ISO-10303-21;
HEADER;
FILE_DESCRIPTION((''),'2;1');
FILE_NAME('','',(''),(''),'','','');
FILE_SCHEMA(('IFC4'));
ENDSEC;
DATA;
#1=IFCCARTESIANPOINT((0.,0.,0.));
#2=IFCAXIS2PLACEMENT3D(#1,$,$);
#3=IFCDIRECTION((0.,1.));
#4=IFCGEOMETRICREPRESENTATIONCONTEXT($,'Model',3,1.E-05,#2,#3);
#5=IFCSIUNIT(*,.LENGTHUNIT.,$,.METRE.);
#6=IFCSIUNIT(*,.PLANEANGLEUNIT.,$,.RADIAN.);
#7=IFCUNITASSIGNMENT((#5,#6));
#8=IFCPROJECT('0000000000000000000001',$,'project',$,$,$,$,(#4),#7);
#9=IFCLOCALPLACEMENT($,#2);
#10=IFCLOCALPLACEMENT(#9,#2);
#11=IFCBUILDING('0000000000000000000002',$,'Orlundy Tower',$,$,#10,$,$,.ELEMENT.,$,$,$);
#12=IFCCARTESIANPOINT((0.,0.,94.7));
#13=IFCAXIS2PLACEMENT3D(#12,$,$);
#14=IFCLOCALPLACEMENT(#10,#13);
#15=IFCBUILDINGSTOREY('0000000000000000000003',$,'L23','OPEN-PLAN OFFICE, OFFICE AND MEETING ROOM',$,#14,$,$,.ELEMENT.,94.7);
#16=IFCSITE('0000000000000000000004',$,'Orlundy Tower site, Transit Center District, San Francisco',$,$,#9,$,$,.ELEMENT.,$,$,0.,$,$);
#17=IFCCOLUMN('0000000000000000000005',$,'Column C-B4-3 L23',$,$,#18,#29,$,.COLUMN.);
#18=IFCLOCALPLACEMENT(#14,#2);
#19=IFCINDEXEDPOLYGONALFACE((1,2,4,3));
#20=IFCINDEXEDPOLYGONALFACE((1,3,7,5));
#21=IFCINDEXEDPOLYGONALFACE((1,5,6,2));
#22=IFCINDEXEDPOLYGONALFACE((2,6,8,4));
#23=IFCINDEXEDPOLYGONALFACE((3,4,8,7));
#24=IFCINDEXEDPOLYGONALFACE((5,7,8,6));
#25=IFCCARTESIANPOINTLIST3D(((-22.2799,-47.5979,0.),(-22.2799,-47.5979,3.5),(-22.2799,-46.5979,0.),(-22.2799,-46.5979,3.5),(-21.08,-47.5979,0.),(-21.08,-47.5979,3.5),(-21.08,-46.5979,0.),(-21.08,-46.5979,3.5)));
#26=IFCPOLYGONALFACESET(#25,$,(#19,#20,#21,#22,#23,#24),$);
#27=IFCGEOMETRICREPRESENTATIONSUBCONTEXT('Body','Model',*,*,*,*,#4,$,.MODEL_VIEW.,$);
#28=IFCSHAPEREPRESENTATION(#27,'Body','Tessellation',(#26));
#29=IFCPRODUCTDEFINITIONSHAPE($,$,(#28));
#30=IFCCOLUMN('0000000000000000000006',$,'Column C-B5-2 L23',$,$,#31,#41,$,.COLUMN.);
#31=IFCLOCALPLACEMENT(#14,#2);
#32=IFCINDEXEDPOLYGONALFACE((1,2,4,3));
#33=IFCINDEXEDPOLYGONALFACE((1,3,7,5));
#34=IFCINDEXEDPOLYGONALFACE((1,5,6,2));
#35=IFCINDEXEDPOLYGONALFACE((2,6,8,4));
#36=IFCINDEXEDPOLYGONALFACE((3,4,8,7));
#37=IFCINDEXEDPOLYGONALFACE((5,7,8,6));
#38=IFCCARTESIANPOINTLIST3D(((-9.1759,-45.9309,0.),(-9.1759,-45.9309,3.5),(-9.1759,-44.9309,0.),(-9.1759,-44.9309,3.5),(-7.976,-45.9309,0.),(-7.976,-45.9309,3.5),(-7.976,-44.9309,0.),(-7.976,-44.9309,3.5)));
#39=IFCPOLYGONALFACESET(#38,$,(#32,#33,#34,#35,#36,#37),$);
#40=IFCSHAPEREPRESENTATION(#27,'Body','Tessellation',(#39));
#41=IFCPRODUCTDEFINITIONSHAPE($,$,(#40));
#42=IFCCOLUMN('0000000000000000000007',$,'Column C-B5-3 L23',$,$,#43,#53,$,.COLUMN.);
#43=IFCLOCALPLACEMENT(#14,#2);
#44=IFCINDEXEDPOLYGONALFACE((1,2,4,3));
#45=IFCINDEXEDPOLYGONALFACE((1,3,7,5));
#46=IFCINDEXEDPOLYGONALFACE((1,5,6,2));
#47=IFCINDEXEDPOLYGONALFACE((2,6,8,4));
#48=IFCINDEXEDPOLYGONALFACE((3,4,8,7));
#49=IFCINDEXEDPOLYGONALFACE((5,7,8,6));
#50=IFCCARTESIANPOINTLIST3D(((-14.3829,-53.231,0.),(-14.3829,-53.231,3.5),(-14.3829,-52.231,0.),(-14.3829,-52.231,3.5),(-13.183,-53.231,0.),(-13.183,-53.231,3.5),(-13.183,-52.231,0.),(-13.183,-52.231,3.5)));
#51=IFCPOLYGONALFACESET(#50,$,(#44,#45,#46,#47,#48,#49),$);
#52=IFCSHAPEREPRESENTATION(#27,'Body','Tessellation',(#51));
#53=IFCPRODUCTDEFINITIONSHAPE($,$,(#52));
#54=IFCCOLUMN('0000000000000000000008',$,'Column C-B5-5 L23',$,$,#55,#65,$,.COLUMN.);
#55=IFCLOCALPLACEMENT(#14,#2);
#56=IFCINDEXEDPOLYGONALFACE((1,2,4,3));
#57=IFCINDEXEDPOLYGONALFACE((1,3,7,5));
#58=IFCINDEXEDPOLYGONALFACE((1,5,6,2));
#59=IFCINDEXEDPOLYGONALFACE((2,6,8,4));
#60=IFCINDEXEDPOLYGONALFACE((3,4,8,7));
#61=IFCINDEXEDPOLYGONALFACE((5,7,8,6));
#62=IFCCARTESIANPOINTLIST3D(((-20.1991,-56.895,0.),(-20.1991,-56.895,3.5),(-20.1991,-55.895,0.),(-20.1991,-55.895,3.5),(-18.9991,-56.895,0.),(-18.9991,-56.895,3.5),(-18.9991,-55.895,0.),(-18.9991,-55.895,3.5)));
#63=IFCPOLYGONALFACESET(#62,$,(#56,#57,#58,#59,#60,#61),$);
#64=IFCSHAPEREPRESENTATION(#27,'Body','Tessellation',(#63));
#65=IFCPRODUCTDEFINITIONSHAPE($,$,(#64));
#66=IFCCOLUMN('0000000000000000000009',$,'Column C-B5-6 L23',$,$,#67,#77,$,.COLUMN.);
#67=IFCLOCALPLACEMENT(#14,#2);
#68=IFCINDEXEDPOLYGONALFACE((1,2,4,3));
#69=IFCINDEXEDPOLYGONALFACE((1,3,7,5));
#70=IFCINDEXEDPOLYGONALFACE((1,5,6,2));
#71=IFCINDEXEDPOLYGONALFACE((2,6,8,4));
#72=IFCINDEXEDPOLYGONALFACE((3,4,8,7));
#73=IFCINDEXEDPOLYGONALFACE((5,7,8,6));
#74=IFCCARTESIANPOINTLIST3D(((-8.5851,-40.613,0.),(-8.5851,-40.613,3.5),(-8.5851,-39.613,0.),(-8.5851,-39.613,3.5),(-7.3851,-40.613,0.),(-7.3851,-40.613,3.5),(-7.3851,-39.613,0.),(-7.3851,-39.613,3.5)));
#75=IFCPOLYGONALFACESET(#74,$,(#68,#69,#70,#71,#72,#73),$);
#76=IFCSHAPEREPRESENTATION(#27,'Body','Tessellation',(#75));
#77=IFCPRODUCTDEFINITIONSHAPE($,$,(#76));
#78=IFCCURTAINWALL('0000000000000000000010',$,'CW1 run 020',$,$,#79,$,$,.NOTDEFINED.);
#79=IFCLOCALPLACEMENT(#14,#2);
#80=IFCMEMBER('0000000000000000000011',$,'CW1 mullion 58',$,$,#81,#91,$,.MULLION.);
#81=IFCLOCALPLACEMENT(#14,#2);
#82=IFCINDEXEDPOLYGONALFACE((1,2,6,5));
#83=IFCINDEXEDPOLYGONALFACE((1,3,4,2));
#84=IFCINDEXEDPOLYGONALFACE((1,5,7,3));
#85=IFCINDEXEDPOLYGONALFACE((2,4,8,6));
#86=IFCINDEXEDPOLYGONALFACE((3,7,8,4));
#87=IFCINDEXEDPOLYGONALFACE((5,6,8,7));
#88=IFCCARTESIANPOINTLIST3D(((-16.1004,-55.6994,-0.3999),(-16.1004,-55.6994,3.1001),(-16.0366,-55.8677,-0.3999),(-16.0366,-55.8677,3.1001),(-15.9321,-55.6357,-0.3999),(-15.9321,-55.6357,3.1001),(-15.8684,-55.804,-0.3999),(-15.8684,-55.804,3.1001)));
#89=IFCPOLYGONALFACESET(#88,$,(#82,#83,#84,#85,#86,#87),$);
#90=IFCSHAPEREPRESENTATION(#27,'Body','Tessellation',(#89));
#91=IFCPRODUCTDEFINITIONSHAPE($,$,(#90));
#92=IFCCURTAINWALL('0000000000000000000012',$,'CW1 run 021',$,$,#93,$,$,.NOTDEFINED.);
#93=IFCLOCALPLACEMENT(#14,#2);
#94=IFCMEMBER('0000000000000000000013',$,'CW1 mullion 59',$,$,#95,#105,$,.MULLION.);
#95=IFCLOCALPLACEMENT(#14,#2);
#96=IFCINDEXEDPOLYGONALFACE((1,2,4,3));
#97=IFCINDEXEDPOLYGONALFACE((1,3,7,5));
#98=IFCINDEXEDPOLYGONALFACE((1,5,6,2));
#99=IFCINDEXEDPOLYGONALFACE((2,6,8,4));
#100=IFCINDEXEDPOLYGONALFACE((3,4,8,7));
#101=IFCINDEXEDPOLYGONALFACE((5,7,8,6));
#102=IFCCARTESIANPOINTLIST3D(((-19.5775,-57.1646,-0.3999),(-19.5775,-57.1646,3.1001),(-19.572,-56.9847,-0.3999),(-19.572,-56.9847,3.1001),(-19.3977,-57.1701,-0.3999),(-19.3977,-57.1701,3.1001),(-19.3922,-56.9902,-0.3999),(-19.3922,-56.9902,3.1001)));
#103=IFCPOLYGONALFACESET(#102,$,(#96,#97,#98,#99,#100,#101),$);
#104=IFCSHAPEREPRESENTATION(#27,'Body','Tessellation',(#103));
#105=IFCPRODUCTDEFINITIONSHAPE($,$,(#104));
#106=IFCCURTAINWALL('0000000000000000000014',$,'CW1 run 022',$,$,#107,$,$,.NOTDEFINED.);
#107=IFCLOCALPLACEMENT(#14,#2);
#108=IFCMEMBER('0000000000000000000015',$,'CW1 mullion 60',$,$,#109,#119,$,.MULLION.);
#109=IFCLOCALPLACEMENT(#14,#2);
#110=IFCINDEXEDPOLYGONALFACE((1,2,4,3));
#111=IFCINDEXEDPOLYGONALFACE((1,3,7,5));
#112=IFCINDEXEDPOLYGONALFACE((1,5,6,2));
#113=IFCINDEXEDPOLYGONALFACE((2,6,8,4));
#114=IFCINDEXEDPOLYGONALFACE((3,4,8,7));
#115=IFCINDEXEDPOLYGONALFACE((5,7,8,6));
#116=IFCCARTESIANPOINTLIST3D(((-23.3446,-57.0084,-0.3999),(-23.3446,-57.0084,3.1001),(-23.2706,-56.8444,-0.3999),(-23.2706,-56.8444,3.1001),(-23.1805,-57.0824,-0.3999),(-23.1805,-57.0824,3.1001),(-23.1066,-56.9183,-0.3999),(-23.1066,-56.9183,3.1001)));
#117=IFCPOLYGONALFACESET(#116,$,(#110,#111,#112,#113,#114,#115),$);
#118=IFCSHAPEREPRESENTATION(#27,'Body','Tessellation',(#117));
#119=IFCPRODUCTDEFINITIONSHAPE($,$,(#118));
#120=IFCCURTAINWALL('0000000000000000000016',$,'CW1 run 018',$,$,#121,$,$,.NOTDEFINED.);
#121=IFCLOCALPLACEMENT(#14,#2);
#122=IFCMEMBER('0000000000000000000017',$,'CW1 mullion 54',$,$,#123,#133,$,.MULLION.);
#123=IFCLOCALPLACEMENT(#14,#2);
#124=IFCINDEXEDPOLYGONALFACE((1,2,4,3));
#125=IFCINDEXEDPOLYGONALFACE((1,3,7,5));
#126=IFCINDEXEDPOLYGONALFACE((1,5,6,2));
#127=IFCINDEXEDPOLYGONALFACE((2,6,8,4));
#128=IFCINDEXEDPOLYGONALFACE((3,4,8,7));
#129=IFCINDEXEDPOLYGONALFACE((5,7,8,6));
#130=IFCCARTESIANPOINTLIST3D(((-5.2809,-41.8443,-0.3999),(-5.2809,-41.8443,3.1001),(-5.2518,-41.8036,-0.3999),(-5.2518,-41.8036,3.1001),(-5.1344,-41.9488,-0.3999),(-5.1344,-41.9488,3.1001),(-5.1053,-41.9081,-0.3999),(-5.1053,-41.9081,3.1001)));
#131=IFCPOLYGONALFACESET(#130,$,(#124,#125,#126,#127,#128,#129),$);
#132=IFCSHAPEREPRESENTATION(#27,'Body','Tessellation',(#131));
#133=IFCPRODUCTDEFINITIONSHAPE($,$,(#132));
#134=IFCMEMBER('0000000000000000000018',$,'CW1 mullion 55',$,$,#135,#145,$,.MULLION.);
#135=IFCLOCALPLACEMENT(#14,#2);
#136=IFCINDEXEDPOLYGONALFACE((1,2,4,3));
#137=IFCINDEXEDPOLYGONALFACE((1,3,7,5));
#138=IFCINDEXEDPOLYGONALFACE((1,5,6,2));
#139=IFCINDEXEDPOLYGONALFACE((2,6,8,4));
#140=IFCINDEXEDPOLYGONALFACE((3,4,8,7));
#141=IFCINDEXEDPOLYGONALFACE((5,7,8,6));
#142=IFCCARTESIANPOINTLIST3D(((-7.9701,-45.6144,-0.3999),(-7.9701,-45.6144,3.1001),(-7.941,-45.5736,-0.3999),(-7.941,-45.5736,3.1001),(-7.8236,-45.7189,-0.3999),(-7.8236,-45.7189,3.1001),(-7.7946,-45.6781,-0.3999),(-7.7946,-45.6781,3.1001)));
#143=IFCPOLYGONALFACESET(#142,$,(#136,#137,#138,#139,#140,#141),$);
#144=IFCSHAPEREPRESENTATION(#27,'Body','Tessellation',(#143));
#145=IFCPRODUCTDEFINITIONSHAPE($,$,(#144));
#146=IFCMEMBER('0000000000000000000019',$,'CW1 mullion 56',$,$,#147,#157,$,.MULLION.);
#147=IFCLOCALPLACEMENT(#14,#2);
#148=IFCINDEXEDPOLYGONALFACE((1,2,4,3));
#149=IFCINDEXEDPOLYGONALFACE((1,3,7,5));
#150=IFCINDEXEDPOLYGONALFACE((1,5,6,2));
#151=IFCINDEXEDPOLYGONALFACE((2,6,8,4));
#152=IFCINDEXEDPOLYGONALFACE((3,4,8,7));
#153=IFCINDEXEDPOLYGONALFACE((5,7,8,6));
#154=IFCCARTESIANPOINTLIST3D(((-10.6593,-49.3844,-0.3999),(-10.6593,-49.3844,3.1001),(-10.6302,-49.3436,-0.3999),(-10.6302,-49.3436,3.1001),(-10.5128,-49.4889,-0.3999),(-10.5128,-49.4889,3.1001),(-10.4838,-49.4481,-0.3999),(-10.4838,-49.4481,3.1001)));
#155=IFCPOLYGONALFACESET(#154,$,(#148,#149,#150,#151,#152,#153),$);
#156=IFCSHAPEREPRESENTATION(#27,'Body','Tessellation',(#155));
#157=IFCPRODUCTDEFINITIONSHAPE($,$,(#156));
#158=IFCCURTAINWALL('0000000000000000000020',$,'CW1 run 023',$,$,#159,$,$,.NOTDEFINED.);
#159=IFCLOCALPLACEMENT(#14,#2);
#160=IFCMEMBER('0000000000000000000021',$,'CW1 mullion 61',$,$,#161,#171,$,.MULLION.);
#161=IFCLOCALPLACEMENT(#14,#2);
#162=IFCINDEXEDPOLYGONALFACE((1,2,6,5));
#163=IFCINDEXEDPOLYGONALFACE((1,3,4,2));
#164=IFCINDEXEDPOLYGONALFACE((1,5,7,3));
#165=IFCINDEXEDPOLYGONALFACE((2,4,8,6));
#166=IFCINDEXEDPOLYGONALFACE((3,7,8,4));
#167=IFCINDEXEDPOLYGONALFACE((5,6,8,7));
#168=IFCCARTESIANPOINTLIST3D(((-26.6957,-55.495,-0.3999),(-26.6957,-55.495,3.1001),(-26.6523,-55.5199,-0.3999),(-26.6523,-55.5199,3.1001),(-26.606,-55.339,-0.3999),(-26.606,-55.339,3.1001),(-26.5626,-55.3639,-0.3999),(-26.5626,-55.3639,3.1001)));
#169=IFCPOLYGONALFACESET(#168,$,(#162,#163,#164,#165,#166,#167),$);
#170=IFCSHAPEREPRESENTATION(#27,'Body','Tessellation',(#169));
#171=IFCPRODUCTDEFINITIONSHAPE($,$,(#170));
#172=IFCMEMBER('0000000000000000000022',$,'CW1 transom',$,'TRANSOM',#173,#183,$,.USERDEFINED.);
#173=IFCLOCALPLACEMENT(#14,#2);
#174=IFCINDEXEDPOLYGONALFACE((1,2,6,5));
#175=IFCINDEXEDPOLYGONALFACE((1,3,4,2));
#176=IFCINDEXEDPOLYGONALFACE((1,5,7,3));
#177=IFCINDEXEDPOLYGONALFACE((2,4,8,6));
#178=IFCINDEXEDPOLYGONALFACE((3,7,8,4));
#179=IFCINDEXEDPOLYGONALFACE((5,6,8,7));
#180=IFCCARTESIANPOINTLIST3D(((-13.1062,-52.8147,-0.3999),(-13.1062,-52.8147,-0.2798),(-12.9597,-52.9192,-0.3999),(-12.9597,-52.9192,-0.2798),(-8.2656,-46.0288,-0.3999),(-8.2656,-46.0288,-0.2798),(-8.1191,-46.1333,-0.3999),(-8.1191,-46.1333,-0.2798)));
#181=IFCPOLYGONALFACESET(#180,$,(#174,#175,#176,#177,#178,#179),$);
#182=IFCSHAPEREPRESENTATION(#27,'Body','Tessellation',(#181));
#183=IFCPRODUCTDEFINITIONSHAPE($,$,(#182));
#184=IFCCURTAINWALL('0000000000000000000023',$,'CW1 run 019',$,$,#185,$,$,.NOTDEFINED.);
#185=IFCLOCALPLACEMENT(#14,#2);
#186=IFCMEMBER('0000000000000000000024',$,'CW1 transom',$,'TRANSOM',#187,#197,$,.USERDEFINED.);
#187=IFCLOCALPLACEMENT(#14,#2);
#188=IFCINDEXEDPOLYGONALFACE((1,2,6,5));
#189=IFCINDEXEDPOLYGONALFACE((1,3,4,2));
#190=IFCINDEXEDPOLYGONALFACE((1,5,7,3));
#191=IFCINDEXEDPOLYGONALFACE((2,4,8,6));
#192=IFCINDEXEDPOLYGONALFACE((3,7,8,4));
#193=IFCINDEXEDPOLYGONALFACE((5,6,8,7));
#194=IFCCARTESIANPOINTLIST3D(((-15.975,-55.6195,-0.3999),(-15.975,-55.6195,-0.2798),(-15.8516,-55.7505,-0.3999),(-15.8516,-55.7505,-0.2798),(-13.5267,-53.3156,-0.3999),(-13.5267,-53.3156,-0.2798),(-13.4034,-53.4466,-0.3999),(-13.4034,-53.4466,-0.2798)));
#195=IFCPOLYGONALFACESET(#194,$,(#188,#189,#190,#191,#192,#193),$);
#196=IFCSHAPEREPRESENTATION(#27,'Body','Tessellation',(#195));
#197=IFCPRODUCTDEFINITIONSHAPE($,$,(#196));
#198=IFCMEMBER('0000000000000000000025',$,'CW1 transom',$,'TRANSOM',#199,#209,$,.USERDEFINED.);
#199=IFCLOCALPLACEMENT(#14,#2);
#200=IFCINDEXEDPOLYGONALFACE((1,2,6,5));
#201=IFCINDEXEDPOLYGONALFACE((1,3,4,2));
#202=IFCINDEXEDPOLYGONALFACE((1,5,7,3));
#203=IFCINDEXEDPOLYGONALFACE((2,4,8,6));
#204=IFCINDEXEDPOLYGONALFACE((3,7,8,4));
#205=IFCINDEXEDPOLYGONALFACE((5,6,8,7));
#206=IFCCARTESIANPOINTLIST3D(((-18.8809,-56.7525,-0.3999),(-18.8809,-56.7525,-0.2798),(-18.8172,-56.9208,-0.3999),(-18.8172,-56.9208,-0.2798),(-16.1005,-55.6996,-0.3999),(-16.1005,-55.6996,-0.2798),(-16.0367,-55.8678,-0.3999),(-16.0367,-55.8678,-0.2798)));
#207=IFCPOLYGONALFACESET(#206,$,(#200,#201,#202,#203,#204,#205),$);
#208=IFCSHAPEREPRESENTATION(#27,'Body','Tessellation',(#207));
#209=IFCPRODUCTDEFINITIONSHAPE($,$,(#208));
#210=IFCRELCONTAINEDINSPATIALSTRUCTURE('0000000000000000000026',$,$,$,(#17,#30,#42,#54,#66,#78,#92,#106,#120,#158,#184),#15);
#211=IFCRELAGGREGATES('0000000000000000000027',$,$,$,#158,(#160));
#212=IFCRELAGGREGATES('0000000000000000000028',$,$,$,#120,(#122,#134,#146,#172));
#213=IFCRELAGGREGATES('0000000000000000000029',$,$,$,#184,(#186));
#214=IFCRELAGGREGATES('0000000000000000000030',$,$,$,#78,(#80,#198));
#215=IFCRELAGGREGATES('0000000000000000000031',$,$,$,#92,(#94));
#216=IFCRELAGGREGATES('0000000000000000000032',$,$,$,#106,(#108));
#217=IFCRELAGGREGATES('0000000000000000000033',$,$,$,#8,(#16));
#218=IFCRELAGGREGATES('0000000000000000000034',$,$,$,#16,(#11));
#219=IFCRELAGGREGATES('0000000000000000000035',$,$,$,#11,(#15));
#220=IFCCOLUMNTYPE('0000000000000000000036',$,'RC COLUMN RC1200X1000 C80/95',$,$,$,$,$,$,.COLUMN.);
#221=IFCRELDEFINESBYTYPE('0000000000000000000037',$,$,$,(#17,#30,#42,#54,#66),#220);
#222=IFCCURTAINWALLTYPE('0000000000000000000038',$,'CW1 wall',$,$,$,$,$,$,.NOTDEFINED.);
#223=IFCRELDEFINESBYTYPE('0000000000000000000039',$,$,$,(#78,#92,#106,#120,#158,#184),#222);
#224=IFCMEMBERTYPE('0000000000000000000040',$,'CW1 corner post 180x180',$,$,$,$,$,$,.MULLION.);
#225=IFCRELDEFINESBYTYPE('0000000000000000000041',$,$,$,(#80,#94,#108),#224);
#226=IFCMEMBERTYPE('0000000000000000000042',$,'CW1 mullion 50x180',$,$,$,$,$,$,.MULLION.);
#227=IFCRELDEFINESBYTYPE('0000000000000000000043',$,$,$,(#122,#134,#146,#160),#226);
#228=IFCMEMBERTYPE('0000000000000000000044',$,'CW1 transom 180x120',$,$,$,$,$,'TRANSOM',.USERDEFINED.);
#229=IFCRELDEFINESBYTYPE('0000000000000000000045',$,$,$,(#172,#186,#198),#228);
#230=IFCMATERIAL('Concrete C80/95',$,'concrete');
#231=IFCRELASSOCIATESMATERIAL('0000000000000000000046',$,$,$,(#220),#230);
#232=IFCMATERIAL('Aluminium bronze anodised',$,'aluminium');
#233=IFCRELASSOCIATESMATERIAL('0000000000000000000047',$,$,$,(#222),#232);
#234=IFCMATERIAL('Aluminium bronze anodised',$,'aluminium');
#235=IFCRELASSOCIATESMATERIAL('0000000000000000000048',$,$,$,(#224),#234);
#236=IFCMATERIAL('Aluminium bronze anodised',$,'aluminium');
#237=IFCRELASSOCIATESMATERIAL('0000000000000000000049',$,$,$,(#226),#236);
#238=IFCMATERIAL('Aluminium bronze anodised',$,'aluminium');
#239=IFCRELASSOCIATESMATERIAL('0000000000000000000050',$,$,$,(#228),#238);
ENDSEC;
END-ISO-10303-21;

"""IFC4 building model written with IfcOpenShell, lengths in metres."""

from ifc_helpers import new_model, si_unit, direction, frame, origin, origin_2d, place, context, subcontext, project, spatial, rectangle, extrude, material, material_profile, profile_set, type_object, element, aggregate, save


model = new_model("IFC4")

# Units and contexts
model_context = context("Model", 3, precision=1e-05, world=origin(), true_north=direction((0.0, 1.0)))
body_context = subcontext(model_context, "Body", "Model", "MODEL_VIEW")
ifc_project = project(units=[si_unit("LENGTHUNIT", "METRE"), si_unit("PLANEANGLEUNIT", "RADIAN")], contexts=[model_context])

# Site, building, storey
site_placement = place(None, origin())
site = spatial("IfcSite", under=ifc_project, at=site_placement, Name="Orlundy Tower site, Transit Center District, San Francisco", CompositionType="ELEMENT", RefElevation=0.0)
building_placement = place(site_placement, origin())
building = spatial("IfcBuilding", under=site, at=building_placement, Name="Orlundy Tower", CompositionType="ELEMENT")
storey_placement = place(building_placement, frame((0.0, 0.0, 94.7)))
storey = spatial("IfcBuildingStorey", under=building, at=storey_placement, Name="L23", Description="OPEN-PLAN OFFICE, OFFICE AND MEETING ROOM", CompositionType="ELEMENT", Elevation=94.7)

# Columns
ifc_material_1 = material(Name="Concrete C80/95", Category="concrete")
ifc_material_profile_1 = material_profile(ifc_material_1, rectangle(XDim=1.2, YDim=1.0, at=origin_2d()), Name="RC1200X1000")
ifc_profile_set_1 = profile_set([ifc_material_profile_1], Name="Concrete C80/95")
column_type = type_object("IfcColumnType", Name="RC COLUMN RC1200X1000 C80/95", PredefinedType="COLUMN", material=ifc_profile_set_1)
for number, where, z_axis, x_axis, name in (
    (1, (-21.6799, -47.0979, 0.0), (0.0, 0.0, 1.0), (1.0, 0.0, 0.0), "Column C-B4-3 L23"),
    (2, (-8.5759, -45.4309, 0.0), (0.0, 0.0, 1.0), (1.0, 0.0, 0.0), "Column C-B5-2 L23"),
    (3, (-13.783, -52.731, 0.0), (0.0, 0.0, 1.0), (1.0, 0.0, 0.0), "Column C-B5-3 L23"),
    (4, (-19.5991, -56.395, 0.0), (0.0, 0.0, 1.0), (1.0, 0.0, 0.0), "Column C-B5-5 L23"),
    (5, (-7.9851, -40.113, 0.0), (0.0, 0.0, 1.0), (1.0, 0.0, 0.0), "Column C-B5-6 L23"),
):
    element("IfcColumn", number, at=place(storey_placement, frame(where, z_axis=z_axis, x_axis=x_axis)), inside=storey, type_object=column_type, Name=name, PredefinedType="COLUMN", context=body_context, shape_type="SweptSolid", body=[
        extrude(rectangle(XDim=1.2, YDim=1.0, at=origin_2d()), origin(), (0.0, 0.0, 1.0), 3.5),
    ])

# Curtain walls, members
ifc_material_2 = material(Name="Aluminium bronze anodised", Category="aluminium")
curtain_wall_type = type_object("IfcCurtainWallType", Name="CW1 wall", PredefinedType="NOTDEFINED", material=ifc_material_2)
curtain_wall_1_placement = place(storey_placement, origin())
curtain_wall_1 = element("IfcCurtainWall", 6, at=curtain_wall_1_placement, inside=storey, type_object=curtain_wall_type, Name="CW1 run 020", PredefinedType="NOTDEFINED")
ifc_material_3 = material(Name="Aluminium bronze anodised", Category="aluminium")
ifc_material_profile_2 = material_profile(ifc_material_3, rectangle(XDim=0.1799, YDim=0.1799, at=origin_2d()), Name="CW1 corner post 180x180")
ifc_profile_set_2 = profile_set([ifc_material_profile_2], Name="Aluminium bronze anodised")
member_type_1 = type_object("IfcMemberType", Name="CW1 corner post 180x180", PredefinedType="MULLION", material=ifc_profile_set_2)
member_1_placement = place(storey_placement, frame((-15.9844, -55.7517, -0.3999), z_axis=(0.0, 0.0, 1.0), x_axis=(0.354166, -0.935182, 0.0)))
member_1 = element("IfcMember", 7, at=member_1_placement, type_object=member_type_1, Name="CW1 mullion 58", PredefinedType="MULLION", context=body_context, shape_type="SweptSolid", body=[
    extrude(rectangle(XDim=0.1799, YDim=0.1799, at=origin_2d()), origin(), (0.0, 0.0, 1.0), 3.5),
])
curtain_wall_2_placement = place(storey_placement, origin())
curtain_wall_2 = element("IfcCurtainWall", 8, at=curtain_wall_2_placement, inside=storey, type_object=curtain_wall_type, Name="CW1 run 021", PredefinedType="NOTDEFINED")
member_2_placement = place(storey_placement, frame((-19.4849, -57.0774, -0.3999), z_axis=(0.0, 0.0, 1.0), x_axis=(-0.030485, -0.999535, 0.0)))
member_2 = element("IfcMember", 9, at=member_2_placement, type_object=member_type_1, Name="CW1 mullion 59", PredefinedType="MULLION", context=body_context, shape_type="SweptSolid", body=[
    extrude(rectangle(XDim=0.1799, YDim=0.1799, at=origin_2d()), origin(), (0.0, 0.0, 1.0), 3.5),
])
curtain_wall_3_placement = place(storey_placement, origin())
curtain_wall_3 = element("IfcCurtainWall", 10, at=curtain_wall_3_placement, inside=storey, type_object=curtain_wall_type, Name="CW1 run 022", PredefinedType="NOTDEFINED")
member_3_placement = place(storey_placement, frame((-23.2256, -56.9634, -0.3999), z_axis=(0.0, 0.0, 1.0), x_axis=(-0.410914, -0.911674, 0.0)))
member_3 = element("IfcMember", 11, at=member_3_placement, type_object=member_type_1, Name="CW1 mullion 60", PredefinedType="MULLION", context=body_context, shape_type="SweptSolid", body=[
    extrude(rectangle(XDim=0.1799, YDim=0.1799, at=origin_2d()), origin(), (0.0, 0.0, 1.0), 3.5),
])

# Curtain wall, members
curtain_wall_4_placement = place(storey_placement, origin())
curtain_wall_4 = element("IfcCurtainWall", 12, at=curtain_wall_4_placement, inside=storey, type_object=curtain_wall_type, Name="CW1 run 018", PredefinedType="NOTDEFINED")
ifc_material_4 = material(Name="Aluminium bronze anodised", Category="aluminium")
ifc_material_profile_3 = material_profile(ifc_material_4, rectangle(XDim=0.1799, YDim=0.05, at=origin_2d()), Name="CW1 mullion 50x180")
ifc_profile_set_3 = profile_set([ifc_material_profile_3], Name="Aluminium bronze anodised")
member_type_2 = type_object("IfcMemberType", Name="CW1 mullion 50x180", PredefinedType="MULLION", material=ifc_profile_set_3)
member_4_placement = place(storey_placement, frame((-5.1931, -41.8762, -0.3999), z_axis=(0.0, 0.0, 1.0), x_axis=(0.81411, -0.58071, 0.0)))
member_4 = element("IfcMember", 13, at=member_4_placement, type_object=member_type_2, Name="CW1 mullion 54", PredefinedType="MULLION", context=body_context, shape_type="SweptSolid", body=[
    extrude(rectangle(XDim=0.1799, YDim=0.05, at=origin_2d()), origin(), (0.0, 0.0, 1.0), 3.5),
])
member_5_placement = place(storey_placement, frame((-7.8823, -45.6462, -0.3999), z_axis=(0.0, 0.0, 1.0), x_axis=(0.81411, -0.58071, 0.0)))
member_5 = element("IfcMember", 14, at=member_5_placement, type_object=member_type_2, Name="CW1 mullion 55", PredefinedType="MULLION", context=body_context, shape_type="SweptSolid", body=[
    extrude(rectangle(XDim=0.1799, YDim=0.05, at=origin_2d()), origin(), (0.0, 0.0, 1.0), 3.5),
])
member_6_placement = place(storey_placement, frame((-10.5715, -49.4163, -0.3999), z_axis=(0.0, 0.0, 1.0), x_axis=(0.81411, -0.58071, 0.0)))
member_6 = element("IfcMember", 15, at=member_6_placement, type_object=member_type_2, Name="CW1 mullion 56", PredefinedType="MULLION", context=body_context, shape_type="SweptSolid", body=[
    extrude(rectangle(XDim=0.1799, YDim=0.05, at=origin_2d()), origin(), (0.0, 0.0, 1.0), 3.5),
])

# Curtain wall, member
curtain_wall_5_placement = place(storey_placement, origin())
curtain_wall_5 = element("IfcCurtainWall", 16, at=curtain_wall_5_placement, inside=storey, type_object=curtain_wall_type, Name="CW1 run 023", PredefinedType="NOTDEFINED")
member_7_placement = place(storey_placement, frame((-26.6292, -55.4294, -0.3999), z_axis=(0.0, 0.0, 1.0), x_axis=(-0.498183, -0.867072, 0.0)))
member_7 = element("IfcMember", 17, at=member_7_placement, type_object=member_type_2, Name="CW1 mullion 61", PredefinedType="MULLION", context=body_context, shape_type="SweptSolid", body=[
    extrude(rectangle(XDim=0.1799, YDim=0.05, at=origin_2d()), origin(), (0.0, 0.0, 1.0), 3.5),
])

# Member
ifc_material_5 = material(Name="Aluminium bronze anodised", Category="aluminium")
ifc_material_profile_4 = material_profile(ifc_material_5, rectangle(XDim=0.1799, YDim=0.1201, at=origin_2d()), Name="CW1 transom 180x120")
ifc_profile_set_4 = profile_set([ifc_material_profile_4], Name="Aluminium bronze anodised")
member_type_3 = type_object("IfcMemberType", Name="CW1 transom 180x120", ElementType="TRANSOM", PredefinedType="USERDEFINED", material=ifc_profile_set_4)
member_8_placement = place(storey_placement, frame((-8.1924, -46.0811, -0.3398), z_axis=(-0.580723, -0.814101, 0.0), x_axis=(0.814101, -0.580723, 0.0)))
member_8 = element("IfcMember", 18, at=member_8_placement, type_object=member_type_3, Name="CW1 transom", ObjectType="TRANSOM", PredefinedType="USERDEFINED", context=body_context, shape_type="SweptSolid", body=[
    extrude(rectangle(XDim=0.1799, YDim=0.1201, at=origin_2d()), origin(), (0.0, 0.0, 1.0), 8.3354),
])

# Curtain wall, member
curtain_wall_6_placement = place(storey_placement, origin())
curtain_wall_6 = element("IfcCurtainWall", 19, at=curtain_wall_6_placement, inside=storey, type_object=curtain_wall_type, Name="CW1 run 019", PredefinedType="NOTDEFINED")
member_9_placement = place(storey_placement, frame((-13.4651, -53.3811, -0.3398), z_axis=(-0.72824, -0.685322, 0.0), x_axis=(0.685322, -0.72824, 0.0)))
member_9 = element("IfcMember", 20, at=member_9_placement, type_object=member_type_3, Name="CW1 transom", ObjectType="TRANSOM", PredefinedType="USERDEFINED", context=body_context, shape_type="SweptSolid", body=[
    extrude(rectangle(XDim=0.1799, YDim=0.1201, at=origin_2d()), origin(), (0.0, 0.0, 1.0), 3.3618),
])

# Member
member_10_placement = place(storey_placement, frame((-16.0686, -55.7837, -0.3398), z_axis=(-0.935187, -0.354154, 0.0), x_axis=(0.354154, -0.935187, 0.0)))
member_10 = element("IfcMember", 21, at=member_10_placement, type_object=member_type_3, Name="CW1 transom", ObjectType="TRANSOM", PredefinedType="USERDEFINED", context=body_context, shape_type="SweptSolid", body=[
    extrude(rectangle(XDim=0.1799, YDim=0.1201, at=origin_2d()), origin(), (0.0, 0.0, 1.0), 2.9731),
])
aggregate(curtain_wall_5, [member_7])

aggregate(curtain_wall_4, [member_4, member_5, member_6, member_8])
aggregate(curtain_wall_6, [member_9])
aggregate(curtain_wall_1, [member_1, member_10])
aggregate(curtain_wall_2, [member_2])
aggregate(curtain_wall_3, [member_3])

save(model, "model.ifc")
